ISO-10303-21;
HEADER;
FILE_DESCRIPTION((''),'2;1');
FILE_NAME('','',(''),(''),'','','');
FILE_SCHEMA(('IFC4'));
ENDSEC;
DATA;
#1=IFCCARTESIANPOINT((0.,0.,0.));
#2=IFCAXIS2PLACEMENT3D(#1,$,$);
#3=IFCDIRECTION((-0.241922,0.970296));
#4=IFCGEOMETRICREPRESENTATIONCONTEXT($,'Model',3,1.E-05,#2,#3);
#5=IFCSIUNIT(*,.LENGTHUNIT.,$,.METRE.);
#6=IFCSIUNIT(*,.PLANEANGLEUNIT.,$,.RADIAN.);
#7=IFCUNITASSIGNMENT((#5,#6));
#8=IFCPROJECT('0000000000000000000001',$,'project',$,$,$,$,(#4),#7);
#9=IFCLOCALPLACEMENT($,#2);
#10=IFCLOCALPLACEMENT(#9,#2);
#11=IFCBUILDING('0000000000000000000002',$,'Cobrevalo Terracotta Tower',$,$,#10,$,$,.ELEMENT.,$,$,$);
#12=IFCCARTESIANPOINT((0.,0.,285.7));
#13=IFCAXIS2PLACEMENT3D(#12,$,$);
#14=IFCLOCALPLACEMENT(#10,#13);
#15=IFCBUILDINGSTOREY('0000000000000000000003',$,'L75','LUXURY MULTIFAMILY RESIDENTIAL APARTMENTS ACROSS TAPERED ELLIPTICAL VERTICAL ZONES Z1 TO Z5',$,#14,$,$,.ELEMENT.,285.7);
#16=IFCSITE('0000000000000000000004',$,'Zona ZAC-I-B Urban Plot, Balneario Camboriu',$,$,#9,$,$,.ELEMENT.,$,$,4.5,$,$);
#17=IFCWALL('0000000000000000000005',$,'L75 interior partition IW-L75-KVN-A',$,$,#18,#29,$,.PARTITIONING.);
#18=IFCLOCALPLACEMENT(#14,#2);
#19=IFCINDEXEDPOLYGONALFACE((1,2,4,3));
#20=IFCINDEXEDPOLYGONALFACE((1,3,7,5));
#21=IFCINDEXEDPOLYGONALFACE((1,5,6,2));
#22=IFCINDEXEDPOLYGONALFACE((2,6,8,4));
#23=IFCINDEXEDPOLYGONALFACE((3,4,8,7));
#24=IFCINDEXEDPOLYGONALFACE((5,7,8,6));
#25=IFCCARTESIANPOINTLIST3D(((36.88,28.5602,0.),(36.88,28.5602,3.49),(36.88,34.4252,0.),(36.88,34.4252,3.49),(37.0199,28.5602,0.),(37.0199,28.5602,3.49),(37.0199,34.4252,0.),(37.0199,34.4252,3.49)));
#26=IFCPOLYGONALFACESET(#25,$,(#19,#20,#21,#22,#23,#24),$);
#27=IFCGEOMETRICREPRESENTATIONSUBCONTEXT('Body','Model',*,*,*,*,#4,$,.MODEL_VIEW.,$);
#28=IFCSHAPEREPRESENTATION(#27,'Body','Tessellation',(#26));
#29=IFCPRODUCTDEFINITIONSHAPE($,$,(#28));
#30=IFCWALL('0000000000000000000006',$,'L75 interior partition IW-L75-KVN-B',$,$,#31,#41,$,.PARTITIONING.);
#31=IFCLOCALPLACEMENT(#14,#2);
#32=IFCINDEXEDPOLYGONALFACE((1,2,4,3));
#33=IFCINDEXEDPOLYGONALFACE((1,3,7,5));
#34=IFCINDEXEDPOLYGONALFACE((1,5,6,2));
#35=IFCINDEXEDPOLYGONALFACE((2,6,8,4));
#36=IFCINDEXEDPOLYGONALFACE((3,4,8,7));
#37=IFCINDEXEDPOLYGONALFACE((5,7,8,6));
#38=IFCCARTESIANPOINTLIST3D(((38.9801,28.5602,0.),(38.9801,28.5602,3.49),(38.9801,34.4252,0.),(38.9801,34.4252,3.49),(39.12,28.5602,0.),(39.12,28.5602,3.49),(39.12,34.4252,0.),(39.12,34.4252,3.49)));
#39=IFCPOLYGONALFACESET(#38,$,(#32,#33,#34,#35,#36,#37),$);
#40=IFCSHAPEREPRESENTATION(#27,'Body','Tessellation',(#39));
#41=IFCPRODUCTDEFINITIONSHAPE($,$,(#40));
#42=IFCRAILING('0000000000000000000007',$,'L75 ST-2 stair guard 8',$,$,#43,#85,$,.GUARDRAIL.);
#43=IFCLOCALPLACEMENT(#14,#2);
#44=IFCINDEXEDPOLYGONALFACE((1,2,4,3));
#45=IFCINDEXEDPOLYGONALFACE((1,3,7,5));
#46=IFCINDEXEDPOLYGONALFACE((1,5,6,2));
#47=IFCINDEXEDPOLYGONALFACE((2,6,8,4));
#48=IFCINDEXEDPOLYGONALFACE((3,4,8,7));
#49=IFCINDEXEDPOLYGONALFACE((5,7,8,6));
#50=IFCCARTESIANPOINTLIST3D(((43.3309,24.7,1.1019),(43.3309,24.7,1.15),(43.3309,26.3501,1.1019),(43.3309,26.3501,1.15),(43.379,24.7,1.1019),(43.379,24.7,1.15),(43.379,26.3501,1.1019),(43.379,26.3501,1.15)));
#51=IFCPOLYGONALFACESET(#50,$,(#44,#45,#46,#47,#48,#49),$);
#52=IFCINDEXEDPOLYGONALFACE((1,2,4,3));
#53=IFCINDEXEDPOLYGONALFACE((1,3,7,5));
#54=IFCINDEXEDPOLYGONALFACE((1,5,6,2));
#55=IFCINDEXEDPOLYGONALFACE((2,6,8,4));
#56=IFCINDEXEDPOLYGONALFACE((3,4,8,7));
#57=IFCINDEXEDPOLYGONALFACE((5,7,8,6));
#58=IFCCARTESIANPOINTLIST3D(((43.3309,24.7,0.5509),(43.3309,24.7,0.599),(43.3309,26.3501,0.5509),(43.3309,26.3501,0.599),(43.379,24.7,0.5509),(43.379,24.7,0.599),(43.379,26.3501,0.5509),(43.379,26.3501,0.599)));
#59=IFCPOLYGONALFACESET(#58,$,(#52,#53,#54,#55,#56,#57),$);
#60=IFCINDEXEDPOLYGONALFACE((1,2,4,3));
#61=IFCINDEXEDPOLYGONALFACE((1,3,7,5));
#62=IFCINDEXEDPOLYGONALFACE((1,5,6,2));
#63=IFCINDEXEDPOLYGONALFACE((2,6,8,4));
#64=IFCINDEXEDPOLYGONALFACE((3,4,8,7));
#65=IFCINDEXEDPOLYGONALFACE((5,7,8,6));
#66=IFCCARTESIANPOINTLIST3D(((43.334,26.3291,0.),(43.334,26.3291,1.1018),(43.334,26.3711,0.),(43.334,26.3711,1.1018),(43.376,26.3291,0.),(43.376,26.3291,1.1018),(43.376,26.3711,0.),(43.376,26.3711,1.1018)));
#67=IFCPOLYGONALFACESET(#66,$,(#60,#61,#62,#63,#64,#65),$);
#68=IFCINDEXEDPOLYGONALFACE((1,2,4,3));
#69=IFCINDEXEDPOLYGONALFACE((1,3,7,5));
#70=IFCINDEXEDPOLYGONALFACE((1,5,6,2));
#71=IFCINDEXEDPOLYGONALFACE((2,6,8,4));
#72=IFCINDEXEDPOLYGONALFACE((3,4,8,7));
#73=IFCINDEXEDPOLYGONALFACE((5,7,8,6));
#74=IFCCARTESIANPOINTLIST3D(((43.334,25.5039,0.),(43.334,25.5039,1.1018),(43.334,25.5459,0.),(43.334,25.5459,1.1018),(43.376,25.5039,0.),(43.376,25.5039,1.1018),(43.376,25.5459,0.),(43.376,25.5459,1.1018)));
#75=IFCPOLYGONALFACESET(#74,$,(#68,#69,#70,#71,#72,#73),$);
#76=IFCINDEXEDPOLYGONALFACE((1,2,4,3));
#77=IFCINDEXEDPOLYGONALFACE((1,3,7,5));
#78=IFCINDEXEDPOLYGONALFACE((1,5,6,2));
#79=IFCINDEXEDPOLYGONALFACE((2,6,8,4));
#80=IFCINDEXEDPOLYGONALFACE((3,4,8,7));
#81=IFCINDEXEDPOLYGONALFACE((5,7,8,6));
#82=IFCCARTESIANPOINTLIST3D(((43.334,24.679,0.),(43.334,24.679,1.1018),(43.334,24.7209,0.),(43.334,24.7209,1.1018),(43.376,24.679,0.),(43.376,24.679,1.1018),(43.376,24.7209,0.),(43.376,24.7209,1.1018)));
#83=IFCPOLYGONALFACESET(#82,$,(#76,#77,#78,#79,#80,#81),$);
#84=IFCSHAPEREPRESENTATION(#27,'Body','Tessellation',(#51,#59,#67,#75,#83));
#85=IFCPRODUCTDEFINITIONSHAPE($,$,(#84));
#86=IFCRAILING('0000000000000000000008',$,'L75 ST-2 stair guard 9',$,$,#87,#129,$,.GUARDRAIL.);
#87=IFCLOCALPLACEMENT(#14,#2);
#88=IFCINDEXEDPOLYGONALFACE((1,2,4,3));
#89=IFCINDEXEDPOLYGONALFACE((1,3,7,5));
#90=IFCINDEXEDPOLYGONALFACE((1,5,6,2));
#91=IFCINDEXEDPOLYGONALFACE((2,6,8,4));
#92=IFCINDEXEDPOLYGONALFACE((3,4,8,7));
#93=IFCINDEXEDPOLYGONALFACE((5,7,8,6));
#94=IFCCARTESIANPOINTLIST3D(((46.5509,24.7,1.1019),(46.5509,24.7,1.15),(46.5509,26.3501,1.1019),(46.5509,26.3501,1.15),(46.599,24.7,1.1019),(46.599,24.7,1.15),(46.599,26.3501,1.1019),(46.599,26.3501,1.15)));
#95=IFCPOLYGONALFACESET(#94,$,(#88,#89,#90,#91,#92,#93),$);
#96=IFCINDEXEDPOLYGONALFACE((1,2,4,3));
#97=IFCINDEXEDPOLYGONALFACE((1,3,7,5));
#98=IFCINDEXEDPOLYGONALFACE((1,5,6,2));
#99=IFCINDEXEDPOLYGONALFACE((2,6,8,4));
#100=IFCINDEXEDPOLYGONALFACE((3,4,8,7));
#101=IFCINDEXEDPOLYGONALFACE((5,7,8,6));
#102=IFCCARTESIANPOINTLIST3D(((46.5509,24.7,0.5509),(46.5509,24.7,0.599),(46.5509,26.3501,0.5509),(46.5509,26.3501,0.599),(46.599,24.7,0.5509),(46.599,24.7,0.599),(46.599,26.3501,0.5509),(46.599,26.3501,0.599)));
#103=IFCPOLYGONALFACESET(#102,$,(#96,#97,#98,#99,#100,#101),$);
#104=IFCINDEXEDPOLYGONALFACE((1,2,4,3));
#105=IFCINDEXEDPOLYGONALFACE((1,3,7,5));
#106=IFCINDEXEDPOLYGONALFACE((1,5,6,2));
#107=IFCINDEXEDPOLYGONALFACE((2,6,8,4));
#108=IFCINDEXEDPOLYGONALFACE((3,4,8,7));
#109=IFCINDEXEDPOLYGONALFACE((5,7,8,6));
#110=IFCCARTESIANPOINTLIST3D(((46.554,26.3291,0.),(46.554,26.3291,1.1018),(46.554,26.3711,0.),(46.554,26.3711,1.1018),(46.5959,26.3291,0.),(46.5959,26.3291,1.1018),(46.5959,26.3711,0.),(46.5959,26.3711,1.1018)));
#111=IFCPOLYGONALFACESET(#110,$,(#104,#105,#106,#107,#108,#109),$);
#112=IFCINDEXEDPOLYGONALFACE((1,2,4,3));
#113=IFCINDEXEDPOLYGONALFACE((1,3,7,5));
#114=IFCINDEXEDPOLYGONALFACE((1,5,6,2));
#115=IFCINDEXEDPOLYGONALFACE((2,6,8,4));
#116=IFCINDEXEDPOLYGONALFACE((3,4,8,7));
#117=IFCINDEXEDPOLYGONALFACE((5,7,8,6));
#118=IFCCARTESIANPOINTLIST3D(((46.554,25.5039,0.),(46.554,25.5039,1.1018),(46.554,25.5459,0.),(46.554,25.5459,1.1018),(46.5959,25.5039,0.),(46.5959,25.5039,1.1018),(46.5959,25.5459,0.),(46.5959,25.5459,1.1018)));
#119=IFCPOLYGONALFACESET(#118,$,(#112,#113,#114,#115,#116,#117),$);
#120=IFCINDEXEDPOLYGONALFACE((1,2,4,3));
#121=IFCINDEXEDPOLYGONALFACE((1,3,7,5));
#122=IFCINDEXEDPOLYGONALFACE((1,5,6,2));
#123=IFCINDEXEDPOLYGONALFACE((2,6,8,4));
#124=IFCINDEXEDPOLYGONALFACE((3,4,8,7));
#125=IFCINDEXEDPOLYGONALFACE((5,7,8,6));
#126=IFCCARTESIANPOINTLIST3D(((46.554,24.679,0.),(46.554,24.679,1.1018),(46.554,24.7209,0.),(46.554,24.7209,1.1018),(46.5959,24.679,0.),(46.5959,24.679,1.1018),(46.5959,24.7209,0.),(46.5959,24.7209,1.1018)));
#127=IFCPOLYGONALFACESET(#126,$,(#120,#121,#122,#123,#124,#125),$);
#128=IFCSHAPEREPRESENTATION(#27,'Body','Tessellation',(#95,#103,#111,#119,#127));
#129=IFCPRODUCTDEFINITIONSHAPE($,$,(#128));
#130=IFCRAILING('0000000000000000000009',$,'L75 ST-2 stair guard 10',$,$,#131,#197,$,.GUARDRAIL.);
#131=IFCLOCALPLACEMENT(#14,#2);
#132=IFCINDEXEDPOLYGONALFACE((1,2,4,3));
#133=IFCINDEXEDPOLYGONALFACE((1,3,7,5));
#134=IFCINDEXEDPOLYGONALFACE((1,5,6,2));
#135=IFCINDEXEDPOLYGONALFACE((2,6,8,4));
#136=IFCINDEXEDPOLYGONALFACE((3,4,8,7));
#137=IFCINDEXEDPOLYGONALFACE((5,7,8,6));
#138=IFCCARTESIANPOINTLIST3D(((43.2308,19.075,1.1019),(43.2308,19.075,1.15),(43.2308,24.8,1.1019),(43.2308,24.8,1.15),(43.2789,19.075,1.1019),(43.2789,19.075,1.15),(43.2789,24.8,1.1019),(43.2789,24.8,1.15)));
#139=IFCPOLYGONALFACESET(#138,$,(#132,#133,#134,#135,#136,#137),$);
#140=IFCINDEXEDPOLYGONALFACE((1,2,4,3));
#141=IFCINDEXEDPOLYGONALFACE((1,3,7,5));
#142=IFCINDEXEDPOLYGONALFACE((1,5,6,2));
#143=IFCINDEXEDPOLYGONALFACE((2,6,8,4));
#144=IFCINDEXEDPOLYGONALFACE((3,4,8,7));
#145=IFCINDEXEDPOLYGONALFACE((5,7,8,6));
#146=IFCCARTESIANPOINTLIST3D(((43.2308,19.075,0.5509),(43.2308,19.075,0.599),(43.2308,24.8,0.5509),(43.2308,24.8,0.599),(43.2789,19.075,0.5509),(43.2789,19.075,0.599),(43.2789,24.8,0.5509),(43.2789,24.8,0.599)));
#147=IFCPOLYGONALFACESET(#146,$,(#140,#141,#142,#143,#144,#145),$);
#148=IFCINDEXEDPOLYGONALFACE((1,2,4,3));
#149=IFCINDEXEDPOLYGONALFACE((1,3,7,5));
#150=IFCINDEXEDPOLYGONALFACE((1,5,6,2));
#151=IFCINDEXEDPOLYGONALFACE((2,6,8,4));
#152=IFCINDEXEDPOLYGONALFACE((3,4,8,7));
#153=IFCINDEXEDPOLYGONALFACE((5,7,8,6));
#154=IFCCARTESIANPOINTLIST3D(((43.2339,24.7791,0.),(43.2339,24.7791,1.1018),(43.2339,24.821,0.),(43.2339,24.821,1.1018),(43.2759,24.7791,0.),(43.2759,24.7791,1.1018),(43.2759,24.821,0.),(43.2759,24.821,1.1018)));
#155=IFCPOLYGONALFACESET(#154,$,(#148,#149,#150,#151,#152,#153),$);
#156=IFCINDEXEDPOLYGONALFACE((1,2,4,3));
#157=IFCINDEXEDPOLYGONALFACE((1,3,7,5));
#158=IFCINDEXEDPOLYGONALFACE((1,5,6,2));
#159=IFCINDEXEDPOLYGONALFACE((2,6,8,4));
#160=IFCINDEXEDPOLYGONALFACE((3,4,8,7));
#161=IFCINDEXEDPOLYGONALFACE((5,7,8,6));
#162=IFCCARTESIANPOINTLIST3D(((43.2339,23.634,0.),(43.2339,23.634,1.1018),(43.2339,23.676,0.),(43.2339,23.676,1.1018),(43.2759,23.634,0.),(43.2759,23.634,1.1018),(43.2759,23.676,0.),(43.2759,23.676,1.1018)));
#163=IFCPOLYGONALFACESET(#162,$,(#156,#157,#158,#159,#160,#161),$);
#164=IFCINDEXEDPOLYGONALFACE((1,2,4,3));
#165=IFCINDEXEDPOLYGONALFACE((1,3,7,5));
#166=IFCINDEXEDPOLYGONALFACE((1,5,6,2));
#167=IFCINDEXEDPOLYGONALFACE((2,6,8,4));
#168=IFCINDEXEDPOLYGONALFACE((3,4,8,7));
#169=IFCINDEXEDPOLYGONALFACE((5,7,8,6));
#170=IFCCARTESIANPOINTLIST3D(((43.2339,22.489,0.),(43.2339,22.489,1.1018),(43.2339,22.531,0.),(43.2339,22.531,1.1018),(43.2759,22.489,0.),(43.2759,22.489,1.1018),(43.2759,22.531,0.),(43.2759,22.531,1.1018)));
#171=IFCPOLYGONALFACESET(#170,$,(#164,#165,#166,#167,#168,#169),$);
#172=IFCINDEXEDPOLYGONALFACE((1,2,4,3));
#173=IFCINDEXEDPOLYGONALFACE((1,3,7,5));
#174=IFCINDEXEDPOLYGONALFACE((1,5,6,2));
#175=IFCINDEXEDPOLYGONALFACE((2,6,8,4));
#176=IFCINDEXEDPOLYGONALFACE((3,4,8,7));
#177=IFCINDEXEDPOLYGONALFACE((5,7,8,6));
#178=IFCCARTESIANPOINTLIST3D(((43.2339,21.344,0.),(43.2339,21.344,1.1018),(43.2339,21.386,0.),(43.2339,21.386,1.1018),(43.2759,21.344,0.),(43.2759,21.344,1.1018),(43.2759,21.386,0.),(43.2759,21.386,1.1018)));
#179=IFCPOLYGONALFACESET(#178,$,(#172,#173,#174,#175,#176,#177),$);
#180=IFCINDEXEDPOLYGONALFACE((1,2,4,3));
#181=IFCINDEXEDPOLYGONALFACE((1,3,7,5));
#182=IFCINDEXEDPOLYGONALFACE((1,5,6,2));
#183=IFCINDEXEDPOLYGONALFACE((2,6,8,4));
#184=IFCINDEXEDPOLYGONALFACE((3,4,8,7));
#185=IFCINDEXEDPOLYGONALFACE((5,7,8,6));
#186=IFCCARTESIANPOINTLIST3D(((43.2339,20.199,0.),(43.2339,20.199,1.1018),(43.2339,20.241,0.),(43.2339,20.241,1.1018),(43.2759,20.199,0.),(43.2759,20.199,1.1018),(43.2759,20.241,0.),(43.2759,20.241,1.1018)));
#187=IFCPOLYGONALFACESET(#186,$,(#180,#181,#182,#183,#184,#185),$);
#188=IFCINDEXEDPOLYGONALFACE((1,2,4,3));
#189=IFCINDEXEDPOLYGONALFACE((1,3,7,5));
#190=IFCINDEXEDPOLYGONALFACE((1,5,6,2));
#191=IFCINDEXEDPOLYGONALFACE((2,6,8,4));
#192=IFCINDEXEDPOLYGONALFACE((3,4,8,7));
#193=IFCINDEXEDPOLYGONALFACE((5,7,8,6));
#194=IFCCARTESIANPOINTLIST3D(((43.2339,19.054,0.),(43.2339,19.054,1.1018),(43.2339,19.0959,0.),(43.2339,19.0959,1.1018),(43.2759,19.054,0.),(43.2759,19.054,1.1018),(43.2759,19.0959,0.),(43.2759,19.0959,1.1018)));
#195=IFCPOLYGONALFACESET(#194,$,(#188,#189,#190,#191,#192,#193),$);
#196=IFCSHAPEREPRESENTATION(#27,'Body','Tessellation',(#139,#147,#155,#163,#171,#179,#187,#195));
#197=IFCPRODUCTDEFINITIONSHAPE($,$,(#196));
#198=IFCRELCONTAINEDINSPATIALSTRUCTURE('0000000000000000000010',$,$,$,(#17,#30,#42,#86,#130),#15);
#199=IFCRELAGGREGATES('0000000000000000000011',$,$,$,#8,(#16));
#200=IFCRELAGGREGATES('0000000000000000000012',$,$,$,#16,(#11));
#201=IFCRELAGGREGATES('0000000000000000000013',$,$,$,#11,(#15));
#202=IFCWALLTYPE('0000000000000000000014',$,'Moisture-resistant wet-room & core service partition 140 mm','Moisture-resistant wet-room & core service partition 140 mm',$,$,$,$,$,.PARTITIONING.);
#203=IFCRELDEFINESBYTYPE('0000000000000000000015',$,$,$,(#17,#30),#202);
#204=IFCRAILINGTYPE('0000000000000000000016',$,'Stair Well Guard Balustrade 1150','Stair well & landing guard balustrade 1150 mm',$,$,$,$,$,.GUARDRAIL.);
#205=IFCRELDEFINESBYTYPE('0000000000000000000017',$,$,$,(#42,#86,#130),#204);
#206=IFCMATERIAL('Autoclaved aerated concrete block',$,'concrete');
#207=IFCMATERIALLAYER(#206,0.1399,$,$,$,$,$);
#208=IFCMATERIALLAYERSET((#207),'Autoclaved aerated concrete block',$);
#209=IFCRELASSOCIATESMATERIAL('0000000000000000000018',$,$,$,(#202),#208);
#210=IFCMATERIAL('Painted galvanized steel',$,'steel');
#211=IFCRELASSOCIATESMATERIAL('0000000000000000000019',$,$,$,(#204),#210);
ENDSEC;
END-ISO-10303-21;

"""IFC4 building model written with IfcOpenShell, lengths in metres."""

from ifc_helpers import new_model, si_unit, direction, frame, frame_2d, origin, origin_2d, place, context, subcontext, project, spatial, rectangle, extrude, material, layer, layer_set, type_object, element, save


model = new_model("IFC4")

# Units and contexts
model_context = context("Model", 3, precision=1e-05, world=origin(), true_north=direction((-0.241922, 0.970296)))
body_context = subcontext(model_context, "Body", "Model", "MODEL_VIEW")
ifc_project = project(units=[si_unit("LENGTHUNIT", "METRE"), si_unit("PLANEANGLEUNIT", "RADIAN")], contexts=[model_context])

# Site, building, storey
site_placement = place(None, origin())
site = spatial("IfcSite", under=ifc_project, at=site_placement, Name="Zona ZAC-I-B Urban Plot, Balneario Camboriu", CompositionType="ELEMENT", RefElevation=4.5)
building_placement = place(site_placement, origin())
building = spatial("IfcBuilding", under=site, at=building_placement, Name="Cobrevalo Terracotta Tower", CompositionType="ELEMENT")
storey_placement = place(building_placement, frame((0.0, 0.0, 285.7)))
storey = spatial("IfcBuildingStorey", under=building, at=storey_placement, Name="L75", Description="LUXURY MULTIFAMILY RESIDENTIAL APARTMENTS ACROSS TAPERED ELLIPTICAL VERTICAL ZONES Z1 TO Z5", CompositionType="ELEMENT", Elevation=285.7)

# Walls
ifc_material_1 = material(Name="Autoclaved aerated concrete block", Category="concrete")
ifc_layer_1 = layer(ifc_material_1, 0.1399)
ifc_layer_set_1 = layer_set([ifc_layer_1], Name="Autoclaved aerated concrete block")
wall_type_1 = type_object("IfcWallType", Name="Moisture-resistant wet-room & core service partition 140 mm", Description="Moisture-resistant wet-room & core service partition 140 mm", PredefinedType="PARTITIONING", material=ifc_layer_set_1)
for number, where, z_axis, x_axis, name in (
    (1, (36.95, 28.5601, 0.0), (0.0, 0.0, 1.0), (0.0, 1.0, 0.0), "L75 interior partition IW-L75-KVN-A"),
    (2, (39.05, 28.5601, 0.0), (0.0, 0.0, 1.0), (0.0, 1.0, 0.0), "L75 interior partition IW-L75-KVN-B"),
):
    element("IfcWall", number, at=place(storey_placement, frame(where, z_axis=z_axis, x_axis=x_axis)), inside=storey, type_object=wall_type_1, Name=name, PredefinedType="PARTITIONING", context=body_context, shape_type="SweptSolid", body=[
        extrude(rectangle(XDim=5.865, YDim=0.1399, at=frame_2d((2.9326, 0.0))), origin(), (0.0, 0.0, 1.0), 3.49),
    ])

# Railings
ifc_material_2 = material(Name="Painted galvanized steel", Category="steel")
railing_type = type_object("IfcRailingType", Name="Stair Well Guard Balustrade 1150", Description="Stair well & landing guard balustrade 1150 mm", PredefinedType="GUARDRAIL", material=ifc_material_2)
for number, where, name in (
    (3, (43.355, 26.3501, 0.0), "L75 ST-2 stair guard 8"),
    (4, (46.575, 26.3501, 0.0), "L75 ST-2 stair guard 9"),
):
    element("IfcRailing", number, at=place(storey_placement, frame(where)), inside=storey, type_object=railing_type, Name=name, PredefinedType="GUARDRAIL", context=body_context, shape_type="SweptSolid", body=[
        extrude(rectangle(XDim=0.0481, YDim=0.0481, at=origin_2d()), frame((0.0, 0.0, 1.126), z_axis=(0.0, -1.0, 0.0), x_axis=(1.0, 0.0, 0.0)), (0.0, 0.0, 1.0), 1.6501),
        extrude(rectangle(XDim=0.0481, YDim=0.0481, at=origin_2d()), frame((0.0, 0.0, 0.575), z_axis=(0.0, -1.0, 0.0), x_axis=(1.0, 0.0, 0.0)), (0.0, 0.0, 1.0), 1.6501),
        extrude(rectangle(XDim=0.042, YDim=0.042, at=origin_2d()), origin(), (0.0, 0.0, 1.0), 1.1018),
        extrude(rectangle(XDim=0.042, YDim=0.042, at=origin_2d()), frame((0.0, -0.8252, 0.0)), (0.0, 0.0, 1.0), 1.1018),
        extrude(rectangle(XDim=0.042, YDim=0.042, at=origin_2d()), frame((0.0, -1.6501, 0.0)), (0.0, 0.0, 1.0), 1.1018),
    ])
for number, where, name in (
    (5, (43.2549, 24.8, 0.0), "L75 ST-2 stair guard 10"),
):
    element("IfcRailing", number, at=place(storey_placement, frame(where)), inside=storey, type_object=railing_type, Name=name, PredefinedType="GUARDRAIL", context=body_context, shape_type="SweptSolid", body=[
        extrude(rectangle(XDim=0.0481, YDim=0.0481, at=origin_2d()), frame((0.0, 0.0, 1.126), z_axis=(0.0, -1.0, 0.0), x_axis=(1.0, 0.0, 0.0)), (0.0, 0.0, 1.0), 5.7251),
        extrude(rectangle(XDim=0.0481, YDim=0.0481, at=origin_2d()), frame((0.0, 0.0, 0.575), z_axis=(0.0, -1.0, 0.0), x_axis=(1.0, 0.0, 0.0)), (0.0, 0.0, 1.0), 5.7251),
        extrude(rectangle(XDim=0.042, YDim=0.042, at=origin_2d()), origin(), (0.0, 0.0, 1.0), 1.1018),
        extrude(rectangle(XDim=0.042, YDim=0.042, at=origin_2d()), frame((0.0, -1.145, 0.0)), (0.0, 0.0, 1.0), 1.1018),
        extrude(rectangle(XDim=0.042, YDim=0.042, at=origin_2d()), frame((0.0, -2.29, 0.0)), (0.0, 0.0, 1.0), 1.1018),
        extrude(rectangle(XDim=0.042, YDim=0.042, at=origin_2d()), frame((0.0, -3.4351, 0.0)), (0.0, 0.0, 1.0), 1.1018),
        extrude(rectangle(XDim=0.042, YDim=0.042, at=origin_2d()), frame((0.0, -4.5801, 0.0)), (0.0, 0.0, 1.0), 1.1018),
        extrude(rectangle(XDim=0.042, YDim=0.042, at=origin_2d()), frame((0.0, -5.7251, 0.0)), (0.0, 0.0, 1.0), 1.1018),
    ])

save(model, "model.ifc")
